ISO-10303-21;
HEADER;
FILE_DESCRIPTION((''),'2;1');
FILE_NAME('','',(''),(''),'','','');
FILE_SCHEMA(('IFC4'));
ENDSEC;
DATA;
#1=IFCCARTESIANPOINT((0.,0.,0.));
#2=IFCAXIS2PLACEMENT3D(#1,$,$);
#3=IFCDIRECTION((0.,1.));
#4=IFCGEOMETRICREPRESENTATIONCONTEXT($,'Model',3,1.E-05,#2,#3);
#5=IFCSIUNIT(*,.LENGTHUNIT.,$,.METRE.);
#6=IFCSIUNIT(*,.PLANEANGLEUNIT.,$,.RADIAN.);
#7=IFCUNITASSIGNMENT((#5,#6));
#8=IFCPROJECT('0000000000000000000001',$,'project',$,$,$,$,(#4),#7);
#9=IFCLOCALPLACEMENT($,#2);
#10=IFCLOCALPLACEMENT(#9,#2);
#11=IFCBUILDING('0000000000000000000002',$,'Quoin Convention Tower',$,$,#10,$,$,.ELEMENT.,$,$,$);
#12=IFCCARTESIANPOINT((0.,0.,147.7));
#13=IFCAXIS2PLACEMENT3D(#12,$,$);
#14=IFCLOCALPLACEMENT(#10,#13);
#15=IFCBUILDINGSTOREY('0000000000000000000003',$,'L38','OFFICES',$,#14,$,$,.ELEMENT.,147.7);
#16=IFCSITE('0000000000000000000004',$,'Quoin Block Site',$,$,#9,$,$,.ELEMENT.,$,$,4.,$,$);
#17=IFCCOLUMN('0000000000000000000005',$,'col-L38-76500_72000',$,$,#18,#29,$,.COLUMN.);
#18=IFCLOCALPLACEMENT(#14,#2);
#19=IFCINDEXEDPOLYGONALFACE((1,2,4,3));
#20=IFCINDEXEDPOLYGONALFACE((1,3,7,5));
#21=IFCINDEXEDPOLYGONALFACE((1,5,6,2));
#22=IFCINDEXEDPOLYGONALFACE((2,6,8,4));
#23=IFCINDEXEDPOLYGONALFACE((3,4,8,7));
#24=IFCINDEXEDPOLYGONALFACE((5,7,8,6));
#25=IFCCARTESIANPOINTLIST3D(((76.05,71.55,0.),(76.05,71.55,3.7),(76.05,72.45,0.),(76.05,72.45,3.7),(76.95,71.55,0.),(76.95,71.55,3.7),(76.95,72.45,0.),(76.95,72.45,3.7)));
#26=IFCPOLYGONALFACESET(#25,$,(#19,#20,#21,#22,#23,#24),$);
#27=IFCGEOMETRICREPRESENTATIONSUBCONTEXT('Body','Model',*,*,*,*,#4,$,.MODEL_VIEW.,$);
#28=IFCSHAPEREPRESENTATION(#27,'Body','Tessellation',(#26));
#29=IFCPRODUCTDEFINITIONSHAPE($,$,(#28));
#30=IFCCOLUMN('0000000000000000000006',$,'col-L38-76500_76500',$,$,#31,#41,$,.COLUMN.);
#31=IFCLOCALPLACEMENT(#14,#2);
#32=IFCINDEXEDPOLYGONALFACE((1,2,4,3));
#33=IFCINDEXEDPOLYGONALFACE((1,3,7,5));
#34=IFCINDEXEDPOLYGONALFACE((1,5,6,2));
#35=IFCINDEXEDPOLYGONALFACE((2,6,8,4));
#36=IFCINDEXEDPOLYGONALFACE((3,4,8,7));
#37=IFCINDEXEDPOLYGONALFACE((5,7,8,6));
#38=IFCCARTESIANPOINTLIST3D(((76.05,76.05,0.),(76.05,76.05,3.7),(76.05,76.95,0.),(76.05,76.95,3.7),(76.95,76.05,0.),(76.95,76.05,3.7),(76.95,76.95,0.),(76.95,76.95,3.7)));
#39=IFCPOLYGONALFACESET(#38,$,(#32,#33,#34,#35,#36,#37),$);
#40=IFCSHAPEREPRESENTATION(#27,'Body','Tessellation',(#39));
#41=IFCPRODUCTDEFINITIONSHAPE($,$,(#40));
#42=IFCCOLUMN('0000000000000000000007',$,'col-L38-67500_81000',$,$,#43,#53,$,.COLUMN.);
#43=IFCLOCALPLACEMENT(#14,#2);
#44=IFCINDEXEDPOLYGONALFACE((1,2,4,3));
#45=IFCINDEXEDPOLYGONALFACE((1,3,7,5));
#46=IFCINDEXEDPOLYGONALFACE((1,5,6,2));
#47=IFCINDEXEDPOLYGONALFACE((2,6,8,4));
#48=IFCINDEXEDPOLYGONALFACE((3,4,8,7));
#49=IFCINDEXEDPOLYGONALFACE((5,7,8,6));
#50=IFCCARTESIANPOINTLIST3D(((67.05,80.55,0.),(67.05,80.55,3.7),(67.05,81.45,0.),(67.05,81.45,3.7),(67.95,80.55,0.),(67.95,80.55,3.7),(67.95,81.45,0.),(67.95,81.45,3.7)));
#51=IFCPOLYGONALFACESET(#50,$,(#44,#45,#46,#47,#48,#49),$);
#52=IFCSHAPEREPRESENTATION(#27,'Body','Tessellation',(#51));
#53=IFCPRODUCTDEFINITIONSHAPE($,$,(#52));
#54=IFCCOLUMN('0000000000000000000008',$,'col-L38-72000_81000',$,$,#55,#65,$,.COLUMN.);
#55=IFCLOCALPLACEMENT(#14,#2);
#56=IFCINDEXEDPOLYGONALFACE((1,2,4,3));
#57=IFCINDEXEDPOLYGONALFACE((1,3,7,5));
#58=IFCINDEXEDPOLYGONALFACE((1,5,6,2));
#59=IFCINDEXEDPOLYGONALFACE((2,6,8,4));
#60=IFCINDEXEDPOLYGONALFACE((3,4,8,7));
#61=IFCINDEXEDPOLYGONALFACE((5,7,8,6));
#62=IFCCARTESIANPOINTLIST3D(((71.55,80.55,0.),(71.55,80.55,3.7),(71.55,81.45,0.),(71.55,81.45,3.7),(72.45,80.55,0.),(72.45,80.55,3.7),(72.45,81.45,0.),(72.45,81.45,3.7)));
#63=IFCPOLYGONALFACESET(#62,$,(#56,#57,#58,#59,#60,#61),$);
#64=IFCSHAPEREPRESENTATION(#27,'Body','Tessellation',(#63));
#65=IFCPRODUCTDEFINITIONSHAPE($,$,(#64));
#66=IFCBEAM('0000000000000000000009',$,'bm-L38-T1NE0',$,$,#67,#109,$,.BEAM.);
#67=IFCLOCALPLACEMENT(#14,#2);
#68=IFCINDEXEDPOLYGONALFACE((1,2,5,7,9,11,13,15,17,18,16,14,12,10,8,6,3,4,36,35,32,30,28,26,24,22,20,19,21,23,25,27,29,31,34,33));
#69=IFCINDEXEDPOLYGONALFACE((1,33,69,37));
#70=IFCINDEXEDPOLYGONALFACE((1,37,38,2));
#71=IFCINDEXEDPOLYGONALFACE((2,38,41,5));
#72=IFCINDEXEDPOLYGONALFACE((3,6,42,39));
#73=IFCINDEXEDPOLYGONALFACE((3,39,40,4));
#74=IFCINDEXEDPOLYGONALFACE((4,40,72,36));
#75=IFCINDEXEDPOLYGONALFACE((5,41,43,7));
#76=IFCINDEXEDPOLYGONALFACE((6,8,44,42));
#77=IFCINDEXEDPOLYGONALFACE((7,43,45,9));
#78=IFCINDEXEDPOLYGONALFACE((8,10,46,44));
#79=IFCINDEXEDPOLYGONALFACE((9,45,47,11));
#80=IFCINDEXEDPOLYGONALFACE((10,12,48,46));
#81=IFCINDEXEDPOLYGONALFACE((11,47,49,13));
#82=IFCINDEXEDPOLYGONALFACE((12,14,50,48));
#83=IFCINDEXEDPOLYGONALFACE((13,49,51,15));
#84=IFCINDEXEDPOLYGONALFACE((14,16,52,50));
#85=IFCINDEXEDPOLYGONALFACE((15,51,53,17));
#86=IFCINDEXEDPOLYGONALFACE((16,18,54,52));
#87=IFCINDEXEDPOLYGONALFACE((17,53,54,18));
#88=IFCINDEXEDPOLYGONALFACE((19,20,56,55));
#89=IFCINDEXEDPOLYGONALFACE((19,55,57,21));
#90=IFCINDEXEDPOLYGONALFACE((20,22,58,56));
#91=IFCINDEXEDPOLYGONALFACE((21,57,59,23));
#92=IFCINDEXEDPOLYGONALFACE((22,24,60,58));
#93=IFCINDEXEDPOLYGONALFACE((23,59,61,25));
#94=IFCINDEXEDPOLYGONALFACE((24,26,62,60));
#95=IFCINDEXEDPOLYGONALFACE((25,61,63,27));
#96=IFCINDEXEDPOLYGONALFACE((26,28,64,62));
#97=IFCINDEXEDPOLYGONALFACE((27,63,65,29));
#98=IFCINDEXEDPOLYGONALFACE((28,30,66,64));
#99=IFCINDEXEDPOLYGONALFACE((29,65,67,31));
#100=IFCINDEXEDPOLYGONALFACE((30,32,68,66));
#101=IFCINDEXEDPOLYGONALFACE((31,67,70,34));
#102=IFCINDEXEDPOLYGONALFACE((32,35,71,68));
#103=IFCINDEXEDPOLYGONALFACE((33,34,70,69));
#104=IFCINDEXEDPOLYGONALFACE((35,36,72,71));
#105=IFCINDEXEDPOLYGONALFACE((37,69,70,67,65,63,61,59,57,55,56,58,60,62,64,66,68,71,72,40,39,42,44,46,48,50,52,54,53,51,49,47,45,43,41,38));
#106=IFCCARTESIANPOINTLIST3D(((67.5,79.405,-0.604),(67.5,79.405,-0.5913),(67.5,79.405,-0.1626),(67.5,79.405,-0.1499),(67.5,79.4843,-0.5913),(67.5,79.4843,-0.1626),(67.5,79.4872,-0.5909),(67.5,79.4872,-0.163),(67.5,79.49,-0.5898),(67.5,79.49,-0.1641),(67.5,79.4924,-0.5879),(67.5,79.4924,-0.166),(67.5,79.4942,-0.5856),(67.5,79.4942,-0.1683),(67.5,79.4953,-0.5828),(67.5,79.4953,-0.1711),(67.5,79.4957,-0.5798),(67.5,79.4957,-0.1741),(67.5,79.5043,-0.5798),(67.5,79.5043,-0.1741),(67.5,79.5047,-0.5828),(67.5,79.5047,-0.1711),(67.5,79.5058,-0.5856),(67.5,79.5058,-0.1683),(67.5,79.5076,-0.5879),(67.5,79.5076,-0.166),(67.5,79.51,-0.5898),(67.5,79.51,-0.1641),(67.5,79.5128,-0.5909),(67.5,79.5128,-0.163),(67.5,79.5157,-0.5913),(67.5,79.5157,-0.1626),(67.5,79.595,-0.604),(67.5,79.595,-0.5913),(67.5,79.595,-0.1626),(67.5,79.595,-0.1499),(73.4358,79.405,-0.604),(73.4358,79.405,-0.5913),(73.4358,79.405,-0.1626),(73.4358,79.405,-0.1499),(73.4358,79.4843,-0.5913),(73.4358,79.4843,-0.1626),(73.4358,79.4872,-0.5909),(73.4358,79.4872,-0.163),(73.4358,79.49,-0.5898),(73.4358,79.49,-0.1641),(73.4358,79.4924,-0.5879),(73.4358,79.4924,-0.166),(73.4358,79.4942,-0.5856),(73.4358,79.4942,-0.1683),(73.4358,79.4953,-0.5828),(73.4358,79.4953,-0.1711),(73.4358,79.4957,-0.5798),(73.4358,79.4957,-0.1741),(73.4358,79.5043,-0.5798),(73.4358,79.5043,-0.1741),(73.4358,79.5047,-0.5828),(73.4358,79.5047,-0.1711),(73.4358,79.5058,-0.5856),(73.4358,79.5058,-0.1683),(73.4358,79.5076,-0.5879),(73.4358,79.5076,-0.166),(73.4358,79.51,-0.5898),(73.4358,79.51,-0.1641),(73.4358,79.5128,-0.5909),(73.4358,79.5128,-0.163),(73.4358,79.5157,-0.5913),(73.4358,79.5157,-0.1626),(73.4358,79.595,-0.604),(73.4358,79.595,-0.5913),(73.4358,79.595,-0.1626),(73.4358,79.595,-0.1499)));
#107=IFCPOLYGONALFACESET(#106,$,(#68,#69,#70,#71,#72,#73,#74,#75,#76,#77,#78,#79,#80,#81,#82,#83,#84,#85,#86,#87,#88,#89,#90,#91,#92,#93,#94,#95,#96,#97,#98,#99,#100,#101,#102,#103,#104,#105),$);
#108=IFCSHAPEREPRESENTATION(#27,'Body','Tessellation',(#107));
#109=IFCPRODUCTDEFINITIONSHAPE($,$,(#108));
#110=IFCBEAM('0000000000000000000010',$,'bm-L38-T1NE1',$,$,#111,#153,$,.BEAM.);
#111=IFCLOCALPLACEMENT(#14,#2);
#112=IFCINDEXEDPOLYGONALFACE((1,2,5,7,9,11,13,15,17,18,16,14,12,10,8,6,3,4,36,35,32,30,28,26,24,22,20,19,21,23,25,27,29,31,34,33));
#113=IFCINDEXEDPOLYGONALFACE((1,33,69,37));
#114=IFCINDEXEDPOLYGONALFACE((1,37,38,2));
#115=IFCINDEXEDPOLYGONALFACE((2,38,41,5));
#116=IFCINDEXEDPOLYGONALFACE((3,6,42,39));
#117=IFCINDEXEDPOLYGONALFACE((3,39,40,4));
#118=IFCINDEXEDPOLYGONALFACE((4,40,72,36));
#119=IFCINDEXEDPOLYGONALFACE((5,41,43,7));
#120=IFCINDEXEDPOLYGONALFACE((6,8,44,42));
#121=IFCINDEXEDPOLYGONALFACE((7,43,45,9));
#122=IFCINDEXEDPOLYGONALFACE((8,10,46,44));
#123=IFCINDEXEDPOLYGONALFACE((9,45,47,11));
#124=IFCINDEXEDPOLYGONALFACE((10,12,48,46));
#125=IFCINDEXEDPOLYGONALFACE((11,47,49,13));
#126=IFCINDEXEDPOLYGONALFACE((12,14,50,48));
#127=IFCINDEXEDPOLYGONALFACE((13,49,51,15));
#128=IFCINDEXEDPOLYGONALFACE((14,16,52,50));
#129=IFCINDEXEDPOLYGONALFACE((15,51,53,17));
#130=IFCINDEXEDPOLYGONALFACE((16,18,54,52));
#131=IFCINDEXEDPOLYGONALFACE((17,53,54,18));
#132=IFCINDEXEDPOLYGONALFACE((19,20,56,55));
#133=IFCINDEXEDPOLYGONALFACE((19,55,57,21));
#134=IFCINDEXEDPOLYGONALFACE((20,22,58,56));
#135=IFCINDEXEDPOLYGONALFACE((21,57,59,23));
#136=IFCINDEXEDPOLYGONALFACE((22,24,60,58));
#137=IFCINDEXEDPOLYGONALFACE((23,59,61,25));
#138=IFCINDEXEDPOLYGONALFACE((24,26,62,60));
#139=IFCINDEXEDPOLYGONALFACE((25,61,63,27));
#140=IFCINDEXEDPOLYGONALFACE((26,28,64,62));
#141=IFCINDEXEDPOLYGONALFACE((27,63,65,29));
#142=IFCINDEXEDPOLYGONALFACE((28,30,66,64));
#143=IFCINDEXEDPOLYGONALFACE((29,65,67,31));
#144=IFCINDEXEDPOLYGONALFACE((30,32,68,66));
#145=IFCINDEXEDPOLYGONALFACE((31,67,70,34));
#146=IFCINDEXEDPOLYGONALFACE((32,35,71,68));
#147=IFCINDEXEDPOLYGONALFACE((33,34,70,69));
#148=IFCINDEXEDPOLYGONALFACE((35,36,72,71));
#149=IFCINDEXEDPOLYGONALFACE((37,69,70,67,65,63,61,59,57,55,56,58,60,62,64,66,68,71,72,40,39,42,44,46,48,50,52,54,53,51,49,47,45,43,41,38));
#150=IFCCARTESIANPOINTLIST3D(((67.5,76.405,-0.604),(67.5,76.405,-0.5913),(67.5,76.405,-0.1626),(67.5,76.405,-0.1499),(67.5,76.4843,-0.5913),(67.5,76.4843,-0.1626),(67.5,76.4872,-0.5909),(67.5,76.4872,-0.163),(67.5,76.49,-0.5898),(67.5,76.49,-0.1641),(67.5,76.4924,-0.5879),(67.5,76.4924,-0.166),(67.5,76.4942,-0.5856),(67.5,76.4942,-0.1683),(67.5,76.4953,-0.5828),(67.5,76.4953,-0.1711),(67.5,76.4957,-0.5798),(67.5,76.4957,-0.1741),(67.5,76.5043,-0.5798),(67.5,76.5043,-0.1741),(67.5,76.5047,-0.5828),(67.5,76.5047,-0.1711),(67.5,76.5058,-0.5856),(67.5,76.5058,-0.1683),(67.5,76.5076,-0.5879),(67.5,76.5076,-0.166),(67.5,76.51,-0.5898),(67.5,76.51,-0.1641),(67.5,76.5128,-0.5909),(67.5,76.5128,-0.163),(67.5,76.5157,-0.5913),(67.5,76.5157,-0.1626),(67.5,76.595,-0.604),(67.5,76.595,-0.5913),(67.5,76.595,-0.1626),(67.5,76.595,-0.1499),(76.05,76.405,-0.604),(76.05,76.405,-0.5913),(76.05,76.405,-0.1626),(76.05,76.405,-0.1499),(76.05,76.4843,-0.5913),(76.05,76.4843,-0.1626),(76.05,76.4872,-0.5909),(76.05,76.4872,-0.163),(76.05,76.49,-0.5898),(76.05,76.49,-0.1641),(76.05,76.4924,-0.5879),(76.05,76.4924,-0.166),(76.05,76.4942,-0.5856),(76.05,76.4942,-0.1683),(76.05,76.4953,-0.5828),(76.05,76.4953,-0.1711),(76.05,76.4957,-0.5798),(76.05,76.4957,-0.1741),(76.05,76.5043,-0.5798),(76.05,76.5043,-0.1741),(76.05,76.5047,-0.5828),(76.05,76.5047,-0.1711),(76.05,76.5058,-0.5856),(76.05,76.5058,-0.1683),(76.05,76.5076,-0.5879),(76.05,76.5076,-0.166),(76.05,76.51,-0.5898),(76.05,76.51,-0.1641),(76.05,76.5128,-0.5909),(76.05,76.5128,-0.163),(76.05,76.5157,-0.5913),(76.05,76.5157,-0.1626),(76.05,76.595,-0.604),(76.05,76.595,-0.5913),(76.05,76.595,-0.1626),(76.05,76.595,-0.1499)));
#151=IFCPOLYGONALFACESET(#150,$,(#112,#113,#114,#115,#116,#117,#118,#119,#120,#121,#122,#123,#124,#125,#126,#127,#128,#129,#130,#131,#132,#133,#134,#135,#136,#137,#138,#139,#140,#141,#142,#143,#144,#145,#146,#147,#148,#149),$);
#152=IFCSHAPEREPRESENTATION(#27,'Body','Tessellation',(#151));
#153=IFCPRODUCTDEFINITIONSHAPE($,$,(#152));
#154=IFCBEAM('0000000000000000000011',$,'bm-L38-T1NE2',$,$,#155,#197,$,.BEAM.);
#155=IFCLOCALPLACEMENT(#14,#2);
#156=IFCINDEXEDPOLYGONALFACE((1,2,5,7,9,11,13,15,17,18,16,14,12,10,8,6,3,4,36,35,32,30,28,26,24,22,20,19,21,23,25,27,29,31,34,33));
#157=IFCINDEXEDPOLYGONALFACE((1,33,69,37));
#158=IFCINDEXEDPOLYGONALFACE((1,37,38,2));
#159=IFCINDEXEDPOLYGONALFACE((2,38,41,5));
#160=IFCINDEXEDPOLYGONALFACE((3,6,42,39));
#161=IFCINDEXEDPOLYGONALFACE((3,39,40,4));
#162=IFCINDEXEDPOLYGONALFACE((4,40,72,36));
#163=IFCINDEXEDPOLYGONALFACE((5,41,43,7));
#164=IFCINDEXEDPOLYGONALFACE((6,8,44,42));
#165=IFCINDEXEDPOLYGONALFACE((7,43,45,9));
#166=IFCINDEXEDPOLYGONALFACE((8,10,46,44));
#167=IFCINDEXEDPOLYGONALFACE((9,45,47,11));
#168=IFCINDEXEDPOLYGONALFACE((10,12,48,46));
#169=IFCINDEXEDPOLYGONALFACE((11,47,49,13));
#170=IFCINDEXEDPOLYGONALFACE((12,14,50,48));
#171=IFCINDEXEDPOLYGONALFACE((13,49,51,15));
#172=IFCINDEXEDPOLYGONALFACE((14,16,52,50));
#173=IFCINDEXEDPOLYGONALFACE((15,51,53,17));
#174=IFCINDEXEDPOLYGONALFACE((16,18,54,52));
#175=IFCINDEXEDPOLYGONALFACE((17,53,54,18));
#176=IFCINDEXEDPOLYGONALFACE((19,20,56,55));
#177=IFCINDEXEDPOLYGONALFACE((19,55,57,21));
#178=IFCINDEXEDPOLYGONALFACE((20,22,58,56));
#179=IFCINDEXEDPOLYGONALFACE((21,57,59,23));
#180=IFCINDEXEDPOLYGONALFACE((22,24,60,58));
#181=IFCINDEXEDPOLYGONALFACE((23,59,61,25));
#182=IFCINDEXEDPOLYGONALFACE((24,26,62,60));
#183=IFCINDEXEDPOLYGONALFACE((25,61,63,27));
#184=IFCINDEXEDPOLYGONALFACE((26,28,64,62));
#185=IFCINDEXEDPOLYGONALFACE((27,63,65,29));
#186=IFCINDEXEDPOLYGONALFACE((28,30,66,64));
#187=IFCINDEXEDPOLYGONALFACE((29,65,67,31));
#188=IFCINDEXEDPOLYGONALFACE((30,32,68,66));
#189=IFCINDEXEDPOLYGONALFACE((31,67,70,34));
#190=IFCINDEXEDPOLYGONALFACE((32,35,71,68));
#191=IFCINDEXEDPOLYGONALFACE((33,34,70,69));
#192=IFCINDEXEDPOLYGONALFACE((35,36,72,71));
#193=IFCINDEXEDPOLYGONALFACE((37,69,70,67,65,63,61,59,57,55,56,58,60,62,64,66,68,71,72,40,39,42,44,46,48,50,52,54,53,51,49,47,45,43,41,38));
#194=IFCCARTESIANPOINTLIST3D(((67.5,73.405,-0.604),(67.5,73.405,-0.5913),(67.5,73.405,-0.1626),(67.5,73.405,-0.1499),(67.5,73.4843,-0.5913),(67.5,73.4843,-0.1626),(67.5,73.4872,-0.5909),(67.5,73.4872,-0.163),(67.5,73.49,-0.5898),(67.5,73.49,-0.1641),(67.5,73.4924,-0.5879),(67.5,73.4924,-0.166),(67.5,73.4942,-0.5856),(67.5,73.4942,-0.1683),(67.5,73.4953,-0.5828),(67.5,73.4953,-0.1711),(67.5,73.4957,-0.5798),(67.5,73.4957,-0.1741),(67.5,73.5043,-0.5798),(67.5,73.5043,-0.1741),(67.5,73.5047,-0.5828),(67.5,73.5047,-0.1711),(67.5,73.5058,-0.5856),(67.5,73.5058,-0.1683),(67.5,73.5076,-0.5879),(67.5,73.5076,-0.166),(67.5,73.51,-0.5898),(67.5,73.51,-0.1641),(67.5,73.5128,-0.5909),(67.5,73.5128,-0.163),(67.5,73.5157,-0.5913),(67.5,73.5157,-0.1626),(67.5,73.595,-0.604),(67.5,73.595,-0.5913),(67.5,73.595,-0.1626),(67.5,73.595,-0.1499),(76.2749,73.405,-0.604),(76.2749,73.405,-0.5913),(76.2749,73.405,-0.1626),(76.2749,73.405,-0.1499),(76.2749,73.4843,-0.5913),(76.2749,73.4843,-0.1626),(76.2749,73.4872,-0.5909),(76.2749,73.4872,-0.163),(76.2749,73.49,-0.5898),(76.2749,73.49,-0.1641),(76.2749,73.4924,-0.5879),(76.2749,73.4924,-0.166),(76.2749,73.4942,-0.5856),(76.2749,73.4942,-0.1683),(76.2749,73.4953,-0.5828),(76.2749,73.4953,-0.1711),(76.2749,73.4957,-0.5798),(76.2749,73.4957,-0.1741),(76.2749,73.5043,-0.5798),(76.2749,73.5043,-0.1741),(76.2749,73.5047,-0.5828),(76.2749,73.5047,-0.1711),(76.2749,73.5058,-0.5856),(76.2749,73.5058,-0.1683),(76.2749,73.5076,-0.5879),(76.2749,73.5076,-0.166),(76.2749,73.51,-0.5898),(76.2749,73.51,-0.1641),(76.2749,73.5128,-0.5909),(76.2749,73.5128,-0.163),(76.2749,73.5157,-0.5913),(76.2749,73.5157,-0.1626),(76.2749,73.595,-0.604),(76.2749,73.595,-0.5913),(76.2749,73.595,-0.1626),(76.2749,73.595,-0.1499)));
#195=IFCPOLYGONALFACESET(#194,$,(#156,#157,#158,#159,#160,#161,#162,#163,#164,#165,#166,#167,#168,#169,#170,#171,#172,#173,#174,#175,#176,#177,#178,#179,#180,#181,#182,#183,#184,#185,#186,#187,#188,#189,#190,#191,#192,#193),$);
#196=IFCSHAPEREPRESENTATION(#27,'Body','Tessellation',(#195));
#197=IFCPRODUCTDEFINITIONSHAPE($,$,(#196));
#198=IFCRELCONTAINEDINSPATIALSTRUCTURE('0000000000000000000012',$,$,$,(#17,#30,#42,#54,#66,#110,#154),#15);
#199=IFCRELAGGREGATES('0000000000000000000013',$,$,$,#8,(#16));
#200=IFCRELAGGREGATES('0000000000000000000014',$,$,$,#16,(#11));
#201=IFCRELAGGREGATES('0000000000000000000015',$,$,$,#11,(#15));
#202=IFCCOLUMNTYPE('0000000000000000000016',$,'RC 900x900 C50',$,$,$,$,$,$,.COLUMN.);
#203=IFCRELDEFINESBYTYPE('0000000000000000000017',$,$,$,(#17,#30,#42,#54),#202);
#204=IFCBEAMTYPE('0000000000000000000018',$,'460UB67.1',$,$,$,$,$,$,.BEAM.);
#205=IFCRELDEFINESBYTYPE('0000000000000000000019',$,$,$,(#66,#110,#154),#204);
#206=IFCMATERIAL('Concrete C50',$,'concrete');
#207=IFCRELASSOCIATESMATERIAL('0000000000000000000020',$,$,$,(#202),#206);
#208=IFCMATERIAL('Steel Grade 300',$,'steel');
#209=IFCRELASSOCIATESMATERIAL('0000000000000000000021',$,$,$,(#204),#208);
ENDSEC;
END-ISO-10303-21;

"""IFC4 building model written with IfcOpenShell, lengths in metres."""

from ifc_helpers import new_model, si_unit, direction, frame, origin, origin_2d, place, context, subcontext, project, spatial, rectangle, i_section, extrude, material, material_profile, profile_set, type_object, element, save


model = new_model("IFC4")

# Units and contexts
model_context = context("Model", 3, precision=1e-05, world=origin(), true_north=direction((0.0, 1.0)))
body_context = subcontext(model_context, "Body", "Model", "MODEL_VIEW")
ifc_project = project(units=[si_unit("LENGTHUNIT", "METRE"), si_unit("PLANEANGLEUNIT", "RADIAN")], contexts=[model_context])

# Site, building, storey
site_placement = place(None, origin())
site = spatial("IfcSite", under=ifc_project, at=site_placement, Name="Quoin Block Site", CompositionType="ELEMENT", RefElevation=4.0)
building_placement = place(site_placement, origin())
building = spatial("IfcBuilding", under=site, at=building_placement, Name="Quoin Convention Tower", CompositionType="ELEMENT")
storey_placement = place(building_placement, frame((0.0, 0.0, 147.7)))
storey = spatial("IfcBuildingStorey", under=building, at=storey_placement, Name="L38", Description="OFFICES", CompositionType="ELEMENT", Elevation=147.7)

# Columns
ifc_material_1 = material(Name="Concrete C50", Category="concrete")
ifc_material_profile_1 = material_profile(ifc_material_1, rectangle(XDim=0.8999, YDim=0.8999, at=origin_2d()), Name="RC 900x900")
ifc_profile_set_1 = profile_set([ifc_material_profile_1], Name="Concrete C50")
column_type = type_object("IfcColumnType", Name="RC 900x900 C50", PredefinedType="COLUMN", material=ifc_profile_set_1)
for number, where, z_axis, x_axis, name in (
    (1, (76.5, 72.0, 0.0), (0.0, 0.0, 1.0), (1.0, 0.0, 0.0), "col-L38-76500_72000"),
    (2, (76.5, 76.5, 0.0), (0.0, 0.0, 1.0), (1.0, 0.0, 0.0), "col-L38-76500_76500"),
    (3, (67.5, 81.0, 0.0), (0.0, 0.0, 1.0), (1.0, 0.0, 0.0), "col-L38-67500_81000"),
    (4, (72.0, 81.0, 0.0), (0.0, 0.0, 1.0), (1.0, 0.0, 0.0), "col-L38-72000_81000"),
):
    element("IfcColumn", number, at=place(storey_placement, frame(where, z_axis=z_axis, x_axis=x_axis)), inside=storey, type_object=column_type, Name=name, PredefinedType="COLUMN", context=body_context, shape_type="SweptSolid", body=[
        extrude(rectangle(XDim=0.8999, YDim=0.8999, at=origin_2d()), origin(), (0.0, 0.0, 1.0), 3.7),
    ])

# Beams
ifc_material_2 = material(Name="Steel Grade 300", Category="steel")
ifc_material_profile_2 = material_profile(ifc_material_2, i_section(OverallWidth=0.1899, OverallDepth=0.4541, WebThickness=0.0085, FlangeThickness=0.0127, FilletRadius=0.0115, at=origin_2d()), Name="460UB67.1")
ifc_profile_set_2 = profile_set([ifc_material_profile_2], Name="Steel Grade 300")
beam_type_1 = type_object("IfcBeamType", Name="460UB67.1", PredefinedType="BEAM", material=ifc_profile_set_2)
beam_1_placement = place(storey_placement, frame((67.5, 79.5, -0.377), z_axis=(1.0, 0.0, 0.0), x_axis=(0.0, 1.0, 0.0)))
element("IfcBeam", 5, at=beam_1_placement, inside=storey, type_object=beam_type_1, Name="bm-L38-T1NE0", PredefinedType="BEAM", context=body_context, shape_type="SweptSolid", body=[
    extrude(i_section(OverallWidth=0.1899, OverallDepth=0.4541, WebThickness=0.0085, FlangeThickness=0.0127, FilletRadius=0.0115, at=origin_2d()), origin(), (0.0, 0.0, 1.0), 5.9358),
])
beam_2_placement = place(storey_placement, frame((67.5, 76.5, -0.377), z_axis=(1.0, 0.0, 0.0), x_axis=(0.0, 1.0, 0.0)))
element("IfcBeam", 6, at=beam_2_placement, inside=storey, type_object=beam_type_1, Name="bm-L38-T1NE1", PredefinedType="BEAM", context=body_context, shape_type="SweptSolid", body=[
    extrude(i_section(OverallWidth=0.1899, OverallDepth=0.4541, WebThickness=0.0085, FlangeThickness=0.0127, FilletRadius=0.0115, at=origin_2d()), origin(), (0.0, 0.0, 1.0), 8.55),
])
beam_3_placement = place(storey_placement, frame((67.5, 73.5, -0.377), z_axis=(1.0, 0.0, 0.0), x_axis=(0.0, 1.0, 0.0)))
element("IfcBeam", 7, at=beam_3_placement, inside=storey, type_object=beam_type_1, Name="bm-L38-T1NE2", PredefinedType="BEAM", context=body_context, shape_type="SweptSolid", body=[
    extrude(i_section(OverallWidth=0.1899, OverallDepth=0.4541, WebThickness=0.0085, FlangeThickness=0.0127, FilletRadius=0.0115, at=origin_2d()), origin(), (0.0, 0.0, 1.0), 8.7749),
])

save(model, "model.ifc")
